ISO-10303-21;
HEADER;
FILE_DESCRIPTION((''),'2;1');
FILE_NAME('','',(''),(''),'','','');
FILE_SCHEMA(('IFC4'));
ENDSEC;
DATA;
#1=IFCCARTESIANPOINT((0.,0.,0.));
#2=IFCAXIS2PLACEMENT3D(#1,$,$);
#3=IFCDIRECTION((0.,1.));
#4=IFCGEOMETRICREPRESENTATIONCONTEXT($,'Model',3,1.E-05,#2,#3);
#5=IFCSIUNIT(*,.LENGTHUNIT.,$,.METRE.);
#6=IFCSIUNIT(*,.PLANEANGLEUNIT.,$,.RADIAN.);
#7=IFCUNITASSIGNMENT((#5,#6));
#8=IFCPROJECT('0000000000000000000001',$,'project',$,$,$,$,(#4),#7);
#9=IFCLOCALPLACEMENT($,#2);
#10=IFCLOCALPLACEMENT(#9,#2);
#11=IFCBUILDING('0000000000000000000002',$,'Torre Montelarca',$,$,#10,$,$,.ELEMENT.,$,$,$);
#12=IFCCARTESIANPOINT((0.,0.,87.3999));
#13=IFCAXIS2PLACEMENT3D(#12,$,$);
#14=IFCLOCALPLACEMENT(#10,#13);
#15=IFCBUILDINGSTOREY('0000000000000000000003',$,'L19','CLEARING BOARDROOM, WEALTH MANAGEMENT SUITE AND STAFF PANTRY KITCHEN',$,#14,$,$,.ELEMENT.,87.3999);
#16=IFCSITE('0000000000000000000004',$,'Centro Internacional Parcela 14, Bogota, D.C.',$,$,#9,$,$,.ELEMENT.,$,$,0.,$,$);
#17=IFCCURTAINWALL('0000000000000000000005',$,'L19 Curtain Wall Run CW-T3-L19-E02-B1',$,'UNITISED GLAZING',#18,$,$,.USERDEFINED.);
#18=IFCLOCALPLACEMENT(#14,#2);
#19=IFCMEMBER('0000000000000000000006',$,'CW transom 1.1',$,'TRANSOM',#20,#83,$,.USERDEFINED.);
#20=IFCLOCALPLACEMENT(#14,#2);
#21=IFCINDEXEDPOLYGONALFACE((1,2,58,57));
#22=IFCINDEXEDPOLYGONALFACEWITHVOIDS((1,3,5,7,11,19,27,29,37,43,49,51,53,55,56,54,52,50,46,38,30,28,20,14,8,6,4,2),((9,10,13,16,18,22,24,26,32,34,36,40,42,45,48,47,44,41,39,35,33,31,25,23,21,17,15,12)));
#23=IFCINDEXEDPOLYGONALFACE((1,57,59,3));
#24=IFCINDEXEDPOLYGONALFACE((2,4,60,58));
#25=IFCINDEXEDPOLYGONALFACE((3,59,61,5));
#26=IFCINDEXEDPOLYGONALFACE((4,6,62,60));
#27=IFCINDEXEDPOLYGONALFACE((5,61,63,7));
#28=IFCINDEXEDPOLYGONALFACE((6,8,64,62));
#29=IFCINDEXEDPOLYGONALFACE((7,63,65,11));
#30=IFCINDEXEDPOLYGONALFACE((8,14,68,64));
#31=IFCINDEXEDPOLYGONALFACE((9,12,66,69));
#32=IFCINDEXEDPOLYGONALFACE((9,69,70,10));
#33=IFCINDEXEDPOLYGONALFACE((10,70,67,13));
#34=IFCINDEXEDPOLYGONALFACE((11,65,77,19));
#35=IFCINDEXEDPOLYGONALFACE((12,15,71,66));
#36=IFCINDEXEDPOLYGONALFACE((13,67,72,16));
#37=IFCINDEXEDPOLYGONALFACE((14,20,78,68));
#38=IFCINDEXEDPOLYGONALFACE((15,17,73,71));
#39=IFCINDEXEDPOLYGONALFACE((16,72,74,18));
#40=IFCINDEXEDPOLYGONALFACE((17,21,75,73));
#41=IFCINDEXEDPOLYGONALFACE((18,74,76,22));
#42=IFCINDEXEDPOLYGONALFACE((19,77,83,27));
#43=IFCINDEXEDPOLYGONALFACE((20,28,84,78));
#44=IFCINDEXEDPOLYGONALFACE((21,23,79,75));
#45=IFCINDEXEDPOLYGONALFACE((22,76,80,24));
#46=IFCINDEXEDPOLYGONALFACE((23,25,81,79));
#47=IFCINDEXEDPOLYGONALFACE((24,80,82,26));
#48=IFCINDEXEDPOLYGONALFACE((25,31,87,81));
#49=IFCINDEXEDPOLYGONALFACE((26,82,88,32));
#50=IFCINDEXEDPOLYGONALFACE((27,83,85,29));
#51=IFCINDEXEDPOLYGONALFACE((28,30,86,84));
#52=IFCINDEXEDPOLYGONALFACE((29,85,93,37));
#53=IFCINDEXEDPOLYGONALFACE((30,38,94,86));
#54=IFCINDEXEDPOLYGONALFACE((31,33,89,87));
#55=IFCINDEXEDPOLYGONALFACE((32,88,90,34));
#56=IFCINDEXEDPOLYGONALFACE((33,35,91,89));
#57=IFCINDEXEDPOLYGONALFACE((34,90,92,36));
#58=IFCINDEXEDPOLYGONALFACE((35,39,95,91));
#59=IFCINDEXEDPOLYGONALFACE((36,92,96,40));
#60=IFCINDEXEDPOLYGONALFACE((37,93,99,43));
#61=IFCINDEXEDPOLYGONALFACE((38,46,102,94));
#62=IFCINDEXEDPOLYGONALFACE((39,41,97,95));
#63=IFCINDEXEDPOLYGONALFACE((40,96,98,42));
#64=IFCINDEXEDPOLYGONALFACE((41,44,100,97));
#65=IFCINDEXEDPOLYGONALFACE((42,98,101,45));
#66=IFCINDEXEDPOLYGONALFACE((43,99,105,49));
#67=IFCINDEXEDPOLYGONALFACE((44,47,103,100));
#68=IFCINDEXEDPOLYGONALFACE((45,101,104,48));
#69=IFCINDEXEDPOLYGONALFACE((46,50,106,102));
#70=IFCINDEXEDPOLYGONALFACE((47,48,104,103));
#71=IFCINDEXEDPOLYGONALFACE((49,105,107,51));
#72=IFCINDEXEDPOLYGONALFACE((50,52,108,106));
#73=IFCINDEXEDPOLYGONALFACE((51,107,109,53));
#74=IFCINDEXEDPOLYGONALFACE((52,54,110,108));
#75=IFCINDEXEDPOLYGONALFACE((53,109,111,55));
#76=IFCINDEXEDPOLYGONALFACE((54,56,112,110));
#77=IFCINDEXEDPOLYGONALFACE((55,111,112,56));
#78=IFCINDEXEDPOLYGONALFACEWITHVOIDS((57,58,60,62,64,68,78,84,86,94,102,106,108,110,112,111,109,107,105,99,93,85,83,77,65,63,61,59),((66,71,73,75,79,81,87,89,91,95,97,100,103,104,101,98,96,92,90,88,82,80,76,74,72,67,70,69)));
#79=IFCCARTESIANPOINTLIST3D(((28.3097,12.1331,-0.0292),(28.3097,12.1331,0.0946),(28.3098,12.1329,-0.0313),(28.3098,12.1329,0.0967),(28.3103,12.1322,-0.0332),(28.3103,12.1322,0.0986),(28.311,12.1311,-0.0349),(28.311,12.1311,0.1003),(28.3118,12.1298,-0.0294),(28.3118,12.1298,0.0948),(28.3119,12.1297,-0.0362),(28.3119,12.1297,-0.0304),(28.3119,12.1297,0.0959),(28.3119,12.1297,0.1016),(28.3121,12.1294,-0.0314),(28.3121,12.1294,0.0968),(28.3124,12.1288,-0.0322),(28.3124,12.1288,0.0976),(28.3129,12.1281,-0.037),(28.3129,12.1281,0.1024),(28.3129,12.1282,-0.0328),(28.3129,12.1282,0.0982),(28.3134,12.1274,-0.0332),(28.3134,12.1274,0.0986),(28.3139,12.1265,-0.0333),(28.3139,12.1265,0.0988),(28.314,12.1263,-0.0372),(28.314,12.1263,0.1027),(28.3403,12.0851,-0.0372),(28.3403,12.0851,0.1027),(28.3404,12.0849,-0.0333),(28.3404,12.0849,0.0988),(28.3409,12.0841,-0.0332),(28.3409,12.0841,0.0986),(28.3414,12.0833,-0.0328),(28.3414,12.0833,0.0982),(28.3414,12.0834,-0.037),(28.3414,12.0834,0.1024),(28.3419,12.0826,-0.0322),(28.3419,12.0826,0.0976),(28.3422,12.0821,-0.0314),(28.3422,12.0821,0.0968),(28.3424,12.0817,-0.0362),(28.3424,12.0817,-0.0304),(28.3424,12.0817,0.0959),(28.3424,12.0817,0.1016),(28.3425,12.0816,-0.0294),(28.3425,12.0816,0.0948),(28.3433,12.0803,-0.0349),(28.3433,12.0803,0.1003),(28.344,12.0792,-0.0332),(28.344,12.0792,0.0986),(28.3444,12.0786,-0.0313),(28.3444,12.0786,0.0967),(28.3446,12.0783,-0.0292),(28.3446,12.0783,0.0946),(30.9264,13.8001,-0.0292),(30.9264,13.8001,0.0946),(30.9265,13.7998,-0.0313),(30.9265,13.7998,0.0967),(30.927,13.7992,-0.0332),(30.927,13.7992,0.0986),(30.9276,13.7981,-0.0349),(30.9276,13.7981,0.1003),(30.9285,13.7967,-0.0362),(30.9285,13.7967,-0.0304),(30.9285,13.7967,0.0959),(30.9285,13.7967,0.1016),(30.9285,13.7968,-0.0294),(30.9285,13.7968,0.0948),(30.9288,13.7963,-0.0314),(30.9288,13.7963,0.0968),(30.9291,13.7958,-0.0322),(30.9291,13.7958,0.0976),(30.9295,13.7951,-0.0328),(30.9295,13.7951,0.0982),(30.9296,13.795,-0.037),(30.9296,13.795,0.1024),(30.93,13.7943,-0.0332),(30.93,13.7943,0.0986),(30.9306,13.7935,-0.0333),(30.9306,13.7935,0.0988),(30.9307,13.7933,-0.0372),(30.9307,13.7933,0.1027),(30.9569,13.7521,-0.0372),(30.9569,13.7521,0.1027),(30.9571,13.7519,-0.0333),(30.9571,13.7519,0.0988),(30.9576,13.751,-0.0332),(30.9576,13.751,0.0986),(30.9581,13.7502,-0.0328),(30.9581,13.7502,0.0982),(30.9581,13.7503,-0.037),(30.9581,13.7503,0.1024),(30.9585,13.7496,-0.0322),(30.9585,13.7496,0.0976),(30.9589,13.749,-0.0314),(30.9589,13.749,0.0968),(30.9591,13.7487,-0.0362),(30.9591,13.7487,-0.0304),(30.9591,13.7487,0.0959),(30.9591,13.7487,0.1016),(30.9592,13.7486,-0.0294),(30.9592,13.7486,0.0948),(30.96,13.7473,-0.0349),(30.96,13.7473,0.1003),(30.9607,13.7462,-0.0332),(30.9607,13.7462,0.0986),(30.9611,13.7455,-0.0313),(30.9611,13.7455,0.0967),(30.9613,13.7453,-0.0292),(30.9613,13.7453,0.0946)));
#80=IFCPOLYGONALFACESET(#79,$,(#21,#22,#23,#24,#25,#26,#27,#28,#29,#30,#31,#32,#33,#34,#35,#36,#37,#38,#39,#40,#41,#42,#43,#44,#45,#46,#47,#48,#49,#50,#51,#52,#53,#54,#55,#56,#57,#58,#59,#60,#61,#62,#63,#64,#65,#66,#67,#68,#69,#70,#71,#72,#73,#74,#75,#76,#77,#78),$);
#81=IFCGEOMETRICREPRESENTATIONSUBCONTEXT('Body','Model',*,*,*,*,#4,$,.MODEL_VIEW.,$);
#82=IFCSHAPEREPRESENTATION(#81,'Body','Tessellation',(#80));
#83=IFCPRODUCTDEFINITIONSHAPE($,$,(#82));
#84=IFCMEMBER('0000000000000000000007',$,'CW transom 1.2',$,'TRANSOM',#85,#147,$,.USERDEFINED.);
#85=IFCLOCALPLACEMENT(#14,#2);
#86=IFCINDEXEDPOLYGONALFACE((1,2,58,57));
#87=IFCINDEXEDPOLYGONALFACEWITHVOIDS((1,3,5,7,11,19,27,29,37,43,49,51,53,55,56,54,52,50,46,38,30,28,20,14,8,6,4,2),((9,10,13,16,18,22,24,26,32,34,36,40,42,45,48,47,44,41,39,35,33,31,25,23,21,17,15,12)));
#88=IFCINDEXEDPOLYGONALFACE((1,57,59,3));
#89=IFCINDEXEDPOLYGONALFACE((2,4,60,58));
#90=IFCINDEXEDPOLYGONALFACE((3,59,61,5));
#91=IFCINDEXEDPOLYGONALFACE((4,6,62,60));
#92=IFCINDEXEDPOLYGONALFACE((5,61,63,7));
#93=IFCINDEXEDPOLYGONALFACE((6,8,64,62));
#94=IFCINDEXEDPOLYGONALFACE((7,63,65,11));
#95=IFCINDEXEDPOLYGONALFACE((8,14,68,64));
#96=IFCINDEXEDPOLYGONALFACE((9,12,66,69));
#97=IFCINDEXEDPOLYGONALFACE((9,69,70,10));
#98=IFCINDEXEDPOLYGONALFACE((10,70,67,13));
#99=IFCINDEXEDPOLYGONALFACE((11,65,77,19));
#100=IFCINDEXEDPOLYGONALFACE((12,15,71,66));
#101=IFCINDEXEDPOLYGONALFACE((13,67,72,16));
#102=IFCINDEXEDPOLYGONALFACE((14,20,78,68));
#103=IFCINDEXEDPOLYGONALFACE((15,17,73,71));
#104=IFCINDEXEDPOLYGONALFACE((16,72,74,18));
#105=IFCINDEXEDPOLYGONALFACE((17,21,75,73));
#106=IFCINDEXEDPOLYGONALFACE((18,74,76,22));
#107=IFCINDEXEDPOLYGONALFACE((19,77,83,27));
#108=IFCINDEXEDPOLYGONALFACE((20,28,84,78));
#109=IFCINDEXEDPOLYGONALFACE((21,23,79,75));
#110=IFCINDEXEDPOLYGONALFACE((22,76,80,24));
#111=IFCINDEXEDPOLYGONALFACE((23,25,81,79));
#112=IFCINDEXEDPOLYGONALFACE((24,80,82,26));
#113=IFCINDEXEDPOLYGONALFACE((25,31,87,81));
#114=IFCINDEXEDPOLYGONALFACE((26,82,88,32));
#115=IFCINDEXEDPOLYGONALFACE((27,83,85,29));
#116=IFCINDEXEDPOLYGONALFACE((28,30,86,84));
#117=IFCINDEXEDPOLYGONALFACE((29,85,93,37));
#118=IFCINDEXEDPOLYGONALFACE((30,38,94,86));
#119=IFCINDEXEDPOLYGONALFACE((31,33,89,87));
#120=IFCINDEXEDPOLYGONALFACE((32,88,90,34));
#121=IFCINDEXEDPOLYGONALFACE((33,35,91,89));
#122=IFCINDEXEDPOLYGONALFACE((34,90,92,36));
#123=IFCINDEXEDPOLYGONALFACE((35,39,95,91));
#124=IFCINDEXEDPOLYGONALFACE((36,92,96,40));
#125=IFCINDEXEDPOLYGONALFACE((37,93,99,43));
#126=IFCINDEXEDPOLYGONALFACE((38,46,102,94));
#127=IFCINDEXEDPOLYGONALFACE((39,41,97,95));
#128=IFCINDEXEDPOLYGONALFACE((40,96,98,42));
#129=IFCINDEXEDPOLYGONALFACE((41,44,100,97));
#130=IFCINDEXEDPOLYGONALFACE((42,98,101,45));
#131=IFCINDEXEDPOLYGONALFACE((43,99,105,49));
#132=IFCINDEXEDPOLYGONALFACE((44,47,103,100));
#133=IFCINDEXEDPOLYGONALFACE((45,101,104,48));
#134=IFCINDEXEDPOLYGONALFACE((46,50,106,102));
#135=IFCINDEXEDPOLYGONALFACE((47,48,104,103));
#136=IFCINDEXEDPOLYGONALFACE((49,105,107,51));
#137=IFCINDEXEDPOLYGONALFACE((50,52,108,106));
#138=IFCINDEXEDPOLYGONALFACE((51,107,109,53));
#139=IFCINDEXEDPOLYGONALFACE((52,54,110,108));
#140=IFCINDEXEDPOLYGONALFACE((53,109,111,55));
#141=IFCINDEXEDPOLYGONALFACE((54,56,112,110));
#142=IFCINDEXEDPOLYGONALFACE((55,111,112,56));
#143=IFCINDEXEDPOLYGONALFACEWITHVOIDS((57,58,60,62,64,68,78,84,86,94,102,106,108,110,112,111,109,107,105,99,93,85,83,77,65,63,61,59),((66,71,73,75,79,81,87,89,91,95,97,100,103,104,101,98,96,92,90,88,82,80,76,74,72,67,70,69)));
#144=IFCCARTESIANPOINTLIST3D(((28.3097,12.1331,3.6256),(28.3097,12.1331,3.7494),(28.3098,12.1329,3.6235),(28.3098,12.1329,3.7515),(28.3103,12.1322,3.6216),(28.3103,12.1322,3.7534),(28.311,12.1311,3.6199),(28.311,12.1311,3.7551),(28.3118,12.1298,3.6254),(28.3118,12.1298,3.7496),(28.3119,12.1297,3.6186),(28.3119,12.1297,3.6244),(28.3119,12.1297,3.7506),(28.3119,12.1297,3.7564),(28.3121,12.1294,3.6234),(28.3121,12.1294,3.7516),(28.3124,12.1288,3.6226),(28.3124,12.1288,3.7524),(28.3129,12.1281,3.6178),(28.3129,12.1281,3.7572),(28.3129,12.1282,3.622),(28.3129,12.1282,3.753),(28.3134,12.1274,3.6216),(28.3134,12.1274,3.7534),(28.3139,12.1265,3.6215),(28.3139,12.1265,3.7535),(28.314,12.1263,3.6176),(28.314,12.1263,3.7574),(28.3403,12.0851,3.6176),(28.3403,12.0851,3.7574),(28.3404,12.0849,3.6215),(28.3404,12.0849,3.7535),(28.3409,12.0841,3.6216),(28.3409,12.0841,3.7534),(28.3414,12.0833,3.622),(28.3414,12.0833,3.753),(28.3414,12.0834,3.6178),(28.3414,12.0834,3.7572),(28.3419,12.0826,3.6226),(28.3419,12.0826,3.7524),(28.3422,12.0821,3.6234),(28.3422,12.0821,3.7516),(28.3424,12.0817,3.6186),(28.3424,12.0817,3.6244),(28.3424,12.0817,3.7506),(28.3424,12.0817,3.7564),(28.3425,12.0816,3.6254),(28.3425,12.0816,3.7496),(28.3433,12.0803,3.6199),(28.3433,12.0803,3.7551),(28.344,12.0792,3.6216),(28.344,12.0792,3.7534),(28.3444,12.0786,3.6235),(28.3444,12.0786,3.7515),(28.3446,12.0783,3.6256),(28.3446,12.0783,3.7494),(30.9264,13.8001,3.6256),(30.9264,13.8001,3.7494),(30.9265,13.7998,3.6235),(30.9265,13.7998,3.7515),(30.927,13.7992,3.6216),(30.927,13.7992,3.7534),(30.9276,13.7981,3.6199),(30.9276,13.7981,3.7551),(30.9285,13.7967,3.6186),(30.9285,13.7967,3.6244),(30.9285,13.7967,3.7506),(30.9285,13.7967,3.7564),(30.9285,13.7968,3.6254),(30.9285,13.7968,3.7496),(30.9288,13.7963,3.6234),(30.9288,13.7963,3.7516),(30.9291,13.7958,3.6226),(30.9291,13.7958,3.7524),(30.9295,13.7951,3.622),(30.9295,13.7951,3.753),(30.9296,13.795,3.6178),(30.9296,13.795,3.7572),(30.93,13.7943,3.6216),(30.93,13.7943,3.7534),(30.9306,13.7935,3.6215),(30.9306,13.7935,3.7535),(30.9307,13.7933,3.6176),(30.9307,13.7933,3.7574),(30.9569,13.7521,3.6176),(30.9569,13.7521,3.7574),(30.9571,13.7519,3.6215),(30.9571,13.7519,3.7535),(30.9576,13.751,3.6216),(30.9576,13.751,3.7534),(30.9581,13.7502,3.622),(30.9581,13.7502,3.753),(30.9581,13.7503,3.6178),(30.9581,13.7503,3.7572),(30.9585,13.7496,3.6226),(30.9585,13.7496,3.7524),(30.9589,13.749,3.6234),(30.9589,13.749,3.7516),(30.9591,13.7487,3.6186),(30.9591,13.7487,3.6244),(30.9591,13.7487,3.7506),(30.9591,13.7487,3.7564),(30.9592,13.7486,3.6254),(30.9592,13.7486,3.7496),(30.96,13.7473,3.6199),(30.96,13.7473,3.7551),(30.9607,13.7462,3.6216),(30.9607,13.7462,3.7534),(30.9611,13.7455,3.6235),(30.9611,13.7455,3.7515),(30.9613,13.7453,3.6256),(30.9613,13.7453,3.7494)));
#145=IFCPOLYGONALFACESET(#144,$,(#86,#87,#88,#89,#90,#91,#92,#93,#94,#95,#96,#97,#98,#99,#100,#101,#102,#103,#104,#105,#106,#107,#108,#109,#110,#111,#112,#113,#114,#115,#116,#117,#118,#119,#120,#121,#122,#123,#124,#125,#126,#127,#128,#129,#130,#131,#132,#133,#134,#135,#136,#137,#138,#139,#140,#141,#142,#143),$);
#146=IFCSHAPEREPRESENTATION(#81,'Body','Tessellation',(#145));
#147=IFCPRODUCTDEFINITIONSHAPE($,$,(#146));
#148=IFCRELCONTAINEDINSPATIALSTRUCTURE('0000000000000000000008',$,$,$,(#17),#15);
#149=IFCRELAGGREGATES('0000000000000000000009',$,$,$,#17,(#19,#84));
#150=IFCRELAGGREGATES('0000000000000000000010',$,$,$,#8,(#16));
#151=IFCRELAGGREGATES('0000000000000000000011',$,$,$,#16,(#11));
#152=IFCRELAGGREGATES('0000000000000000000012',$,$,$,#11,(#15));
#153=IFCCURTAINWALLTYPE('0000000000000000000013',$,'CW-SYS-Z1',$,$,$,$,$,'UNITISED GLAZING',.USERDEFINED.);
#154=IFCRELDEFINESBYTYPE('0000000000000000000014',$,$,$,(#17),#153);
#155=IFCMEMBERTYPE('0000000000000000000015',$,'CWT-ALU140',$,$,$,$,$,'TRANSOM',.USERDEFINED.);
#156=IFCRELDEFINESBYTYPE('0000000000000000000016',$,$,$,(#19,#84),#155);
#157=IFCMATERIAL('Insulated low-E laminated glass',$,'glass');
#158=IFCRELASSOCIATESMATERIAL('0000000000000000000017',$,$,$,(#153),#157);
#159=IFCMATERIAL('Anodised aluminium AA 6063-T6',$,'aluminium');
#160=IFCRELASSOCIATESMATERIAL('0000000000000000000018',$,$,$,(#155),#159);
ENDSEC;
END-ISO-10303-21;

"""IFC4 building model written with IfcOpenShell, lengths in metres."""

from ifc_helpers import new_model, si_unit, direction, frame, origin, origin_2d, place, context, subcontext, project, spatial, hollow_rectangle, extrude, source, transform, mapped, material, material_profile, profile_set, type_object, element, aggregate, save


model = new_model("IFC4")

# Units and contexts
model_context = context("Model", 3, precision=1e-05, world=origin(), true_north=direction((0.0, 1.0)))
body_context = subcontext(model_context, "Body", "Model", "MODEL_VIEW")
ifc_project = project(units=[si_unit("LENGTHUNIT", "METRE"), si_unit("PLANEANGLEUNIT", "RADIAN")], contexts=[model_context])

# Site, building, storey
site_placement = place(None, origin())
site = spatial("IfcSite", under=ifc_project, at=site_placement, Name="Centro Internacional Parcela 14, Bogota, D.C.", CompositionType="ELEMENT", RefElevation=0.0)
building_placement = place(site_placement, origin())
building = spatial("IfcBuilding", under=site, at=building_placement, Name="Torre Montelarca", CompositionType="ELEMENT")
storey_placement = place(building_placement, frame((0.0, 0.0, 87.3999)))
storey = spatial("IfcBuildingStorey", under=building, at=storey_placement, Name="L19", Description="CLEARING BOARDROOM, WEALTH MANAGEMENT SUITE AND STAFF PANTRY KITCHEN", CompositionType="ELEMENT", Elevation=87.3999)

# Curtain wall
ifc_material_1 = material(Name="Insulated low-E laminated glass", Category="glass")
curtain_wall_type = type_object("IfcCurtainWallType", Name="CW-SYS-Z1", ElementType="UNITISED GLAZING", PredefinedType="USERDEFINED", material=ifc_material_1)
ifc_material_2 = material(Name="Anodised aluminium AA 6063-T6", Category="aluminium")
ifc_material_profile_1 = material_profile(ifc_material_2, hollow_rectangle(XDim=0.0649, YDim=0.1399, WallThickness=0.0039, InnerFilletRadius=0.0039, OuterFilletRadius=0.0081, at=origin_2d()), Name="ALU65X140X4", Category="aluminium")
ifc_profile_set_1 = profile_set([ifc_material_profile_1], Name="Anodised aluminium AA 6063-T6")
member_type_1 = type_object("IfcMemberType", Name="CWT-ALU140", ElementType="TRANSOM", PredefinedType="USERDEFINED", material=ifc_profile_set_1)
curtain_wall_1_placement = place(storey_placement, origin())
curtain_wall_1 = element("IfcCurtainWall", 1, at=curtain_wall_1_placement, inside=storey, type_object=curtain_wall_type, Name="L19 Curtain Wall Run CW-T3-L19-E02-B1", ObjectType="UNITISED GLAZING", PredefinedType="USERDEFINED")

# Members
shared_shape_1 = source(origin(), body_context, "Body", "SweptSolid", [
    extrude(hollow_rectangle(XDim=0.0649, YDim=0.1399, WallThickness=0.0039, InnerFilletRadius=0.0039, OuterFilletRadius=0.0081, at=origin_2d()), origin(), (0.0, 0.0, 1.0), 3.1025),
])
member_1_placement = place(storey_placement, frame((28.3271, 12.1057, 0.0327), z_axis=(0.843396, 0.537293, 0.0), x_axis=(-0.537293, 0.843396, 0.0)))
member_1 = element("IfcMember", 2, at=member_1_placement, type_object=member_type_1, Name="CW transom 1.1", ObjectType="TRANSOM", PredefinedType="USERDEFINED", context=body_context, shape_type="MappedRepresentation", body=[
    mapped(shared_shape_1, transform((0.0, 0.0, 0.0), scale=1.0)),
])
member_2_placement = place(storey_placement, frame((28.3271, 12.1057, 3.6875), z_axis=(0.843396, 0.537293, 0.0), x_axis=(-0.537293, 0.843396, 0.0)))
member_2 = element("IfcMember", 3, at=member_2_placement, type_object=member_type_1, Name="CW transom 1.2", ObjectType="TRANSOM", PredefinedType="USERDEFINED", context=body_context, shape_type="MappedRepresentation", body=[
    mapped(shared_shape_1, transform((0.0, 0.0, 0.0), scale=1.0)),
])

aggregate(curtain_wall_1, [member_1, member_2])

save(model, "model.ifc")
